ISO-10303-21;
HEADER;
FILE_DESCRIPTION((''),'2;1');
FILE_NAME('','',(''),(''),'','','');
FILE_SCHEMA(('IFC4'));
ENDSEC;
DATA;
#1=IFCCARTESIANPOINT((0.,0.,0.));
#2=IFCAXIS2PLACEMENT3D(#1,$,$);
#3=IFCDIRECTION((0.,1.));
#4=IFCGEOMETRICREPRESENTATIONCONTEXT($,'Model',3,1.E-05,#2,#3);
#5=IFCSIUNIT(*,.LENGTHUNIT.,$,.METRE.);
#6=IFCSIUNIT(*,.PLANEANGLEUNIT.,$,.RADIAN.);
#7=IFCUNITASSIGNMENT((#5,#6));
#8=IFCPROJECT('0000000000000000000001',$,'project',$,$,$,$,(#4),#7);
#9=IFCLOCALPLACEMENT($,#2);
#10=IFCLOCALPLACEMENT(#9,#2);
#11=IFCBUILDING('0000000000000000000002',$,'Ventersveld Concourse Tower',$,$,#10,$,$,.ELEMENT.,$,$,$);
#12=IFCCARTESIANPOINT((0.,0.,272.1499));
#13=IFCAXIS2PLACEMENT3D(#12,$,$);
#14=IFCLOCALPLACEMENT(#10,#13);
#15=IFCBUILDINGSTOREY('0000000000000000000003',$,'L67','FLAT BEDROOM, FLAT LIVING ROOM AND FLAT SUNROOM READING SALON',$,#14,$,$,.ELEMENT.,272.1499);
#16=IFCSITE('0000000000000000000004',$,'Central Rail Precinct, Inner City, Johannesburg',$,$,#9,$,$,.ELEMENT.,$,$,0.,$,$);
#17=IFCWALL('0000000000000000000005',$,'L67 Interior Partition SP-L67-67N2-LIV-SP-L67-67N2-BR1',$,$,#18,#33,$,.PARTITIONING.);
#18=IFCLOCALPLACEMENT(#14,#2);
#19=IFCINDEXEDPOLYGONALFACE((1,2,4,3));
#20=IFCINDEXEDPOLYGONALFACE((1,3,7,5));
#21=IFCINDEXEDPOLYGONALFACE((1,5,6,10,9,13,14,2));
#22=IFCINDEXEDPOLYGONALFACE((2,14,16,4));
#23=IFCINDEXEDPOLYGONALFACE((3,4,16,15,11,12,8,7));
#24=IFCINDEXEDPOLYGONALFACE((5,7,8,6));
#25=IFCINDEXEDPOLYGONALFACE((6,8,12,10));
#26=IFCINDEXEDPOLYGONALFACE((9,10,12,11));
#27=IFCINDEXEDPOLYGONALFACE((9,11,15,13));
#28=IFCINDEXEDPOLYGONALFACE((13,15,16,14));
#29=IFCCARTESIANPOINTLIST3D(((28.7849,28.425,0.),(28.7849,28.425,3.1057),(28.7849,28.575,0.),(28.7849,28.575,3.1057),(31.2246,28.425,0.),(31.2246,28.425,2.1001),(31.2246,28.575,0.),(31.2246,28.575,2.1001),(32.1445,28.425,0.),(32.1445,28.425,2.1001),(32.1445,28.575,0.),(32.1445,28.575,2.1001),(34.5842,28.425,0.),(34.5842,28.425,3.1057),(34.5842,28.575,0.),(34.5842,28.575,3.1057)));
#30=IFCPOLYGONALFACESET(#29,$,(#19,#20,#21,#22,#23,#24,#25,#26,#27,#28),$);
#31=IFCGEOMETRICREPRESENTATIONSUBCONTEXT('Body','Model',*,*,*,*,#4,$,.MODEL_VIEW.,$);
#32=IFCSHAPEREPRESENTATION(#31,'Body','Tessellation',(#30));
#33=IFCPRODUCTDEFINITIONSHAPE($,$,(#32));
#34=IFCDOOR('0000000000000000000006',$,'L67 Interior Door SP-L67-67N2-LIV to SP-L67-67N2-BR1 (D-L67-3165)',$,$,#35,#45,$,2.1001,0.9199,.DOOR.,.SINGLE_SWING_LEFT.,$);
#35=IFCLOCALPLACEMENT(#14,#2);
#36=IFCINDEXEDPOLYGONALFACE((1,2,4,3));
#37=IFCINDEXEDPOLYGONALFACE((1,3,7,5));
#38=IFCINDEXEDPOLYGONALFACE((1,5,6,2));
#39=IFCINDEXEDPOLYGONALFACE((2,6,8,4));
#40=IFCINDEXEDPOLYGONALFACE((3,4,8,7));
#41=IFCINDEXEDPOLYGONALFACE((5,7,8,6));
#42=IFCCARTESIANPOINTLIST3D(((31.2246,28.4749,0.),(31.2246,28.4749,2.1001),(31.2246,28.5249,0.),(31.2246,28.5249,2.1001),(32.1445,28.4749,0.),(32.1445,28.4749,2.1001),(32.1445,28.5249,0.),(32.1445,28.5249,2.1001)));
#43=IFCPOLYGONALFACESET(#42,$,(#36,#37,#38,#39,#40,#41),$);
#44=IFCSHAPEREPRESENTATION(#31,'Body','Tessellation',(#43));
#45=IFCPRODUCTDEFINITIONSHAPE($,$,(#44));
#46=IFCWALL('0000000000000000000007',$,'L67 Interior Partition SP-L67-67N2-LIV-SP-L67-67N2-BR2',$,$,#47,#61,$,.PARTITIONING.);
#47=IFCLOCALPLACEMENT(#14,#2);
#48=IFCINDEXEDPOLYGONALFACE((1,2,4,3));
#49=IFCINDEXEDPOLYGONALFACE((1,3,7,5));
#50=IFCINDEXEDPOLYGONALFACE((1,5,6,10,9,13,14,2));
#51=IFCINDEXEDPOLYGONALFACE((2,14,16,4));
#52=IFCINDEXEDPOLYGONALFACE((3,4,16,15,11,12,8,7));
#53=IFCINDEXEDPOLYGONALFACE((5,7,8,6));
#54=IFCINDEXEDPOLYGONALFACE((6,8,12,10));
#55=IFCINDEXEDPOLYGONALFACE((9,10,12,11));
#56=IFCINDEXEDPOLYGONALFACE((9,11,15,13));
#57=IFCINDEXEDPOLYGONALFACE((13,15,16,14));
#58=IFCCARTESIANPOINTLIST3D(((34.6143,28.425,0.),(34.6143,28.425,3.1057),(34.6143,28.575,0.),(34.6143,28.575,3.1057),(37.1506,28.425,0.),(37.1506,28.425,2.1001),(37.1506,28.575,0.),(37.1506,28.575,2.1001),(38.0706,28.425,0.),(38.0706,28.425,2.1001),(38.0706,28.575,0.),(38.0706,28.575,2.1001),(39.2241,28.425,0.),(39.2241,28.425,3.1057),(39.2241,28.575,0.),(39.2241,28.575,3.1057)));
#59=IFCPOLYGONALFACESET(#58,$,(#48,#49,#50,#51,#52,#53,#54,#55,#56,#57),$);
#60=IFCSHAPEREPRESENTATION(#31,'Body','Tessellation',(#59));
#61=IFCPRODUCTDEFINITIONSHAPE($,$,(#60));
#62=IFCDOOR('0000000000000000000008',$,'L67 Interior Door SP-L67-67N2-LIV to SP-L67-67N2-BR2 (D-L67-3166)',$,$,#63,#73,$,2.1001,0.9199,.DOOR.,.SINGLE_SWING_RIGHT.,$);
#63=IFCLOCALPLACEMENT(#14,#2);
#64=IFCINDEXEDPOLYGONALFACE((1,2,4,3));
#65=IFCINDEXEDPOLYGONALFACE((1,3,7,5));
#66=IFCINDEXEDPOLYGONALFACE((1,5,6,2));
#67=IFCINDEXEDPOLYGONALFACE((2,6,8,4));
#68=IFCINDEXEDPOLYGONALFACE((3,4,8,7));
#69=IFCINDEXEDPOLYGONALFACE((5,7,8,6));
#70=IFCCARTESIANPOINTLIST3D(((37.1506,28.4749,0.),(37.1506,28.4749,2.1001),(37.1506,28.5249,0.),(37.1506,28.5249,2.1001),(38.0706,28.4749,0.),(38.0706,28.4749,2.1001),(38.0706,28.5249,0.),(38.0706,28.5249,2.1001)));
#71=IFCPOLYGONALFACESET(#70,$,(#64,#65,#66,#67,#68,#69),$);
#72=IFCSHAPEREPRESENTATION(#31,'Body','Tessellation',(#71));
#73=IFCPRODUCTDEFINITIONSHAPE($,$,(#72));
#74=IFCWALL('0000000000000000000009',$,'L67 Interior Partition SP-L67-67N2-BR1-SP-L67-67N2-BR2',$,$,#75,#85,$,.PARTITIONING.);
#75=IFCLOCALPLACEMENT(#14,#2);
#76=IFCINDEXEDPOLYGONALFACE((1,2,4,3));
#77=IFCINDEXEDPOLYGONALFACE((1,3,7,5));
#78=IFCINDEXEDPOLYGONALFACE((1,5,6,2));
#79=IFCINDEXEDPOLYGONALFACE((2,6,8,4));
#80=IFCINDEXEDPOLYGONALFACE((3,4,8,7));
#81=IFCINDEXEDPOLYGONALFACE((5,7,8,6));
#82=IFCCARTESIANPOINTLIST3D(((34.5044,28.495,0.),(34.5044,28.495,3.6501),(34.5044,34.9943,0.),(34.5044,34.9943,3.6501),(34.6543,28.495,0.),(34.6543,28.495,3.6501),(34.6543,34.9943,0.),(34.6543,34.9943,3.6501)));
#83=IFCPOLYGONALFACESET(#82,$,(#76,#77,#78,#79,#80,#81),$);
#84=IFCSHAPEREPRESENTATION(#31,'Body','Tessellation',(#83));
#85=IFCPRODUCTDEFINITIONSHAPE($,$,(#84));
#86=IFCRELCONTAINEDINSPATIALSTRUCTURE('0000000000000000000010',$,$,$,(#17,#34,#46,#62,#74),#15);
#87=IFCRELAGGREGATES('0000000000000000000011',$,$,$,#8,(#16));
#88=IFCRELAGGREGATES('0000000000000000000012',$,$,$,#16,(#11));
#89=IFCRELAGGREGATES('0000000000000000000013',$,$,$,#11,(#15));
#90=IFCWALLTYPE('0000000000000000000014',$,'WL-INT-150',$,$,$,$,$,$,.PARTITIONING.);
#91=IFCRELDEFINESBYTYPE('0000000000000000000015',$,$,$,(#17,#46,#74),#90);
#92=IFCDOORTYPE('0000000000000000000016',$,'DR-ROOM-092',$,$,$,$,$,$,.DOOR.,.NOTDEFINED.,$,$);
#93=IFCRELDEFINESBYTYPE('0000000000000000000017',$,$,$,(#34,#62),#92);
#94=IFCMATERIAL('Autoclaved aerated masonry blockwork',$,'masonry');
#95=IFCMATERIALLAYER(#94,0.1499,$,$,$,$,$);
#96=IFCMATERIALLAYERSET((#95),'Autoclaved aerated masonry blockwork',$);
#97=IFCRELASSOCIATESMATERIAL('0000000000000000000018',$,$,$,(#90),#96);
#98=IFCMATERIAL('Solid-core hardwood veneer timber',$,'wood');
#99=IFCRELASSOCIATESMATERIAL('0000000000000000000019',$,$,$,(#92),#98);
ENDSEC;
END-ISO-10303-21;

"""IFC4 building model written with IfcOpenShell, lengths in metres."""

from ifc_helpers import new_model, si_unit, direction, frame, frame_2d, origin, place, context, subcontext, project, spatial, rectangle, extrude, material, layer, layer_set, type_object, element, fill, save


model = new_model("IFC4")

# Units and contexts
model_context = context("Model", 3, precision=1e-05, world=origin(), true_north=direction((0.0, 1.0)))
body_context = subcontext(model_context, "Body", "Model", "MODEL_VIEW")
ifc_project = project(units=[si_unit("LENGTHUNIT", "METRE"), si_unit("PLANEANGLEUNIT", "RADIAN")], contexts=[model_context])

# Site, building, storey
site_placement = place(None, origin())
site = spatial("IfcSite", under=ifc_project, at=site_placement, Name="Central Rail Precinct, Inner City, Johannesburg", CompositionType="ELEMENT", RefElevation=0.0)
building_placement = place(site_placement, origin())
building = spatial("IfcBuilding", under=site, at=building_placement, Name="Ventersveld Concourse Tower", CompositionType="ELEMENT")
storey_placement = place(building_placement, frame((0.0, 0.0, 272.1499)))
storey = spatial("IfcBuildingStorey", under=building, at=storey_placement, Name="L67", Description="FLAT BEDROOM, FLAT LIVING ROOM AND FLAT SUNROOM READING SALON", CompositionType="ELEMENT", Elevation=272.1499)

# Shared definitions
ifc_material_1 = material(Name="Autoclaved aerated masonry blockwork", Category="masonry")
ifc_layer_1 = layer(ifc_material_1, 0.1499)
ifc_layer_set_1 = layer_set([ifc_layer_1], Name="Autoclaved aerated masonry blockwork")
wall_type_1 = type_object("IfcWallType", Name="WL-INT-150", PredefinedType="PARTITIONING", material=ifc_layer_set_1)

# Walls, openings, doors
wall_1_placement = place(storey_placement, frame((28.7849, 28.5, 0.0), z_axis=(0.0, 0.0, 1.0), x_axis=(1.0, 0.0, 0.0)))
wall_1 = element("IfcWall", 1, at=wall_1_placement, inside=storey, type_object=wall_type_1, Name="L67 Interior Partition SP-L67-67N2-LIV-SP-L67-67N2-BR1", PredefinedType="PARTITIONING", context=body_context, shape_type="SweptSolid", body=[
    extrude(rectangle(XDim=5.7993, YDim=0.1499, at=frame_2d((2.8997, 0.0))), origin(), (0.0, 0.0, 1.0), 3.1057),
])
opening_1_placement = place(wall_1_placement, frame((2.4397, 0.0, 0.0)))
opening_1 = element("IfcOpeningElement", 2, at=opening_1_placement, cuts=wall_1, PredefinedType="OPENING", context=body_context, shape_type="SweptSolid", body=[
    extrude(rectangle(XDim=0.9199, YDim=2.1001, at=frame_2d((0.46, 1.05))), frame((0.0, 0.085, 0.0), z_axis=(0.0, -1.0, 0.0), x_axis=(1.0, 0.0, 0.0)), (0.0, 0.0, 1.0), 0.1699),
])
ifc_material_2 = material(Name="Solid-core hardwood veneer timber", Category="wood")
door_type = type_object("IfcDoorType", Name="DR-ROOM-092", OperationType="NOTDEFINED", PredefinedType="DOOR", material=ifc_material_2)
door_1_placement = place(opening_1_placement, origin())
door_1 = element("IfcDoor", 3, at=door_1_placement, inside=storey, type_object=door_type, Name="L67 Interior Door SP-L67-67N2-LIV to SP-L67-67N2-BR1 (D-L67-3165)", OperationType="SINGLE_SWING_LEFT", OverallHeight=2.1001, OverallWidth=0.9199, PredefinedType="DOOR", context=body_context, shape_type="SweptSolid", body=[
    extrude(rectangle(XDim=0.9199, YDim=2.1001, at=frame_2d((0.46, 1.05))), frame((0.0, 0.0249, 0.0), z_axis=(0.0, -1.0, 0.0), x_axis=(1.0, 0.0, 0.0)), (0.0, 0.0, 1.0), 0.05),
])
fill(opening_1, door_1)
wall_2_placement = place(storey_placement, frame((34.6143, 28.5, 0.0), z_axis=(0.0, 0.0, 1.0), x_axis=(1.0, 0.0, 0.0)))
wall_2 = element("IfcWall", 4, at=wall_2_placement, inside=storey, type_object=wall_type_1, Name="L67 Interior Partition SP-L67-67N2-LIV-SP-L67-67N2-BR2", PredefinedType="PARTITIONING", context=body_context, shape_type="SweptSolid", body=[
    extrude(rectangle(XDim=4.6099, YDim=0.1499, at=frame_2d((2.3049, 0.0))), origin(), (0.0, 0.0, 1.0), 3.1057),
])
opening_2_placement = place(wall_2_placement, frame((2.5364, 0.0, 0.0)))
opening_2 = element("IfcOpeningElement", 5, at=opening_2_placement, cuts=wall_2, PredefinedType="OPENING", context=body_context, shape_type="SweptSolid", body=[
    extrude(rectangle(XDim=0.9199, YDim=2.1001, at=frame_2d((0.46, 1.05))), frame((0.0, 0.085, 0.0), z_axis=(0.0, -1.0, 0.0), x_axis=(1.0, 0.0, 0.0)), (0.0, 0.0, 1.0), 0.1699),
])
door_2_placement = place(opening_2_placement, origin())
door_2 = element("IfcDoor", 6, at=door_2_placement, inside=storey, type_object=door_type, Name="L67 Interior Door SP-L67-67N2-LIV to SP-L67-67N2-BR2 (D-L67-3166)", OperationType="SINGLE_SWING_RIGHT", OverallHeight=2.1001, OverallWidth=0.9199, PredefinedType="DOOR", context=body_context, shape_type="SweptSolid", body=[
    extrude(rectangle(XDim=0.9199, YDim=2.1001, at=frame_2d((0.46, 1.05))), frame((0.0, 0.0249, 0.0), z_axis=(0.0, -1.0, 0.0), x_axis=(1.0, 0.0, 0.0)), (0.0, 0.0, 1.0), 0.05),
])
fill(opening_2, door_2)

# Wall
wall_3_placement = place(storey_placement, frame((34.5793, 28.4951, 0.0), z_axis=(0.0, 0.0, 1.0), x_axis=(0.0, 1.0, 0.0)))
element("IfcWall", 7, at=wall_3_placement, inside=storey, type_object=wall_type_1, Name="L67 Interior Partition SP-L67-67N2-BR1-SP-L67-67N2-BR2", PredefinedType="PARTITIONING", context=body_context, shape_type="SweptSolid", body=[
    extrude(rectangle(XDim=6.4993, YDim=0.1499, at=frame_2d((3.2495, 0.0))), origin(), (0.0, 0.0, 1.0), 3.6501),
])

save(model, "model.ifc")
